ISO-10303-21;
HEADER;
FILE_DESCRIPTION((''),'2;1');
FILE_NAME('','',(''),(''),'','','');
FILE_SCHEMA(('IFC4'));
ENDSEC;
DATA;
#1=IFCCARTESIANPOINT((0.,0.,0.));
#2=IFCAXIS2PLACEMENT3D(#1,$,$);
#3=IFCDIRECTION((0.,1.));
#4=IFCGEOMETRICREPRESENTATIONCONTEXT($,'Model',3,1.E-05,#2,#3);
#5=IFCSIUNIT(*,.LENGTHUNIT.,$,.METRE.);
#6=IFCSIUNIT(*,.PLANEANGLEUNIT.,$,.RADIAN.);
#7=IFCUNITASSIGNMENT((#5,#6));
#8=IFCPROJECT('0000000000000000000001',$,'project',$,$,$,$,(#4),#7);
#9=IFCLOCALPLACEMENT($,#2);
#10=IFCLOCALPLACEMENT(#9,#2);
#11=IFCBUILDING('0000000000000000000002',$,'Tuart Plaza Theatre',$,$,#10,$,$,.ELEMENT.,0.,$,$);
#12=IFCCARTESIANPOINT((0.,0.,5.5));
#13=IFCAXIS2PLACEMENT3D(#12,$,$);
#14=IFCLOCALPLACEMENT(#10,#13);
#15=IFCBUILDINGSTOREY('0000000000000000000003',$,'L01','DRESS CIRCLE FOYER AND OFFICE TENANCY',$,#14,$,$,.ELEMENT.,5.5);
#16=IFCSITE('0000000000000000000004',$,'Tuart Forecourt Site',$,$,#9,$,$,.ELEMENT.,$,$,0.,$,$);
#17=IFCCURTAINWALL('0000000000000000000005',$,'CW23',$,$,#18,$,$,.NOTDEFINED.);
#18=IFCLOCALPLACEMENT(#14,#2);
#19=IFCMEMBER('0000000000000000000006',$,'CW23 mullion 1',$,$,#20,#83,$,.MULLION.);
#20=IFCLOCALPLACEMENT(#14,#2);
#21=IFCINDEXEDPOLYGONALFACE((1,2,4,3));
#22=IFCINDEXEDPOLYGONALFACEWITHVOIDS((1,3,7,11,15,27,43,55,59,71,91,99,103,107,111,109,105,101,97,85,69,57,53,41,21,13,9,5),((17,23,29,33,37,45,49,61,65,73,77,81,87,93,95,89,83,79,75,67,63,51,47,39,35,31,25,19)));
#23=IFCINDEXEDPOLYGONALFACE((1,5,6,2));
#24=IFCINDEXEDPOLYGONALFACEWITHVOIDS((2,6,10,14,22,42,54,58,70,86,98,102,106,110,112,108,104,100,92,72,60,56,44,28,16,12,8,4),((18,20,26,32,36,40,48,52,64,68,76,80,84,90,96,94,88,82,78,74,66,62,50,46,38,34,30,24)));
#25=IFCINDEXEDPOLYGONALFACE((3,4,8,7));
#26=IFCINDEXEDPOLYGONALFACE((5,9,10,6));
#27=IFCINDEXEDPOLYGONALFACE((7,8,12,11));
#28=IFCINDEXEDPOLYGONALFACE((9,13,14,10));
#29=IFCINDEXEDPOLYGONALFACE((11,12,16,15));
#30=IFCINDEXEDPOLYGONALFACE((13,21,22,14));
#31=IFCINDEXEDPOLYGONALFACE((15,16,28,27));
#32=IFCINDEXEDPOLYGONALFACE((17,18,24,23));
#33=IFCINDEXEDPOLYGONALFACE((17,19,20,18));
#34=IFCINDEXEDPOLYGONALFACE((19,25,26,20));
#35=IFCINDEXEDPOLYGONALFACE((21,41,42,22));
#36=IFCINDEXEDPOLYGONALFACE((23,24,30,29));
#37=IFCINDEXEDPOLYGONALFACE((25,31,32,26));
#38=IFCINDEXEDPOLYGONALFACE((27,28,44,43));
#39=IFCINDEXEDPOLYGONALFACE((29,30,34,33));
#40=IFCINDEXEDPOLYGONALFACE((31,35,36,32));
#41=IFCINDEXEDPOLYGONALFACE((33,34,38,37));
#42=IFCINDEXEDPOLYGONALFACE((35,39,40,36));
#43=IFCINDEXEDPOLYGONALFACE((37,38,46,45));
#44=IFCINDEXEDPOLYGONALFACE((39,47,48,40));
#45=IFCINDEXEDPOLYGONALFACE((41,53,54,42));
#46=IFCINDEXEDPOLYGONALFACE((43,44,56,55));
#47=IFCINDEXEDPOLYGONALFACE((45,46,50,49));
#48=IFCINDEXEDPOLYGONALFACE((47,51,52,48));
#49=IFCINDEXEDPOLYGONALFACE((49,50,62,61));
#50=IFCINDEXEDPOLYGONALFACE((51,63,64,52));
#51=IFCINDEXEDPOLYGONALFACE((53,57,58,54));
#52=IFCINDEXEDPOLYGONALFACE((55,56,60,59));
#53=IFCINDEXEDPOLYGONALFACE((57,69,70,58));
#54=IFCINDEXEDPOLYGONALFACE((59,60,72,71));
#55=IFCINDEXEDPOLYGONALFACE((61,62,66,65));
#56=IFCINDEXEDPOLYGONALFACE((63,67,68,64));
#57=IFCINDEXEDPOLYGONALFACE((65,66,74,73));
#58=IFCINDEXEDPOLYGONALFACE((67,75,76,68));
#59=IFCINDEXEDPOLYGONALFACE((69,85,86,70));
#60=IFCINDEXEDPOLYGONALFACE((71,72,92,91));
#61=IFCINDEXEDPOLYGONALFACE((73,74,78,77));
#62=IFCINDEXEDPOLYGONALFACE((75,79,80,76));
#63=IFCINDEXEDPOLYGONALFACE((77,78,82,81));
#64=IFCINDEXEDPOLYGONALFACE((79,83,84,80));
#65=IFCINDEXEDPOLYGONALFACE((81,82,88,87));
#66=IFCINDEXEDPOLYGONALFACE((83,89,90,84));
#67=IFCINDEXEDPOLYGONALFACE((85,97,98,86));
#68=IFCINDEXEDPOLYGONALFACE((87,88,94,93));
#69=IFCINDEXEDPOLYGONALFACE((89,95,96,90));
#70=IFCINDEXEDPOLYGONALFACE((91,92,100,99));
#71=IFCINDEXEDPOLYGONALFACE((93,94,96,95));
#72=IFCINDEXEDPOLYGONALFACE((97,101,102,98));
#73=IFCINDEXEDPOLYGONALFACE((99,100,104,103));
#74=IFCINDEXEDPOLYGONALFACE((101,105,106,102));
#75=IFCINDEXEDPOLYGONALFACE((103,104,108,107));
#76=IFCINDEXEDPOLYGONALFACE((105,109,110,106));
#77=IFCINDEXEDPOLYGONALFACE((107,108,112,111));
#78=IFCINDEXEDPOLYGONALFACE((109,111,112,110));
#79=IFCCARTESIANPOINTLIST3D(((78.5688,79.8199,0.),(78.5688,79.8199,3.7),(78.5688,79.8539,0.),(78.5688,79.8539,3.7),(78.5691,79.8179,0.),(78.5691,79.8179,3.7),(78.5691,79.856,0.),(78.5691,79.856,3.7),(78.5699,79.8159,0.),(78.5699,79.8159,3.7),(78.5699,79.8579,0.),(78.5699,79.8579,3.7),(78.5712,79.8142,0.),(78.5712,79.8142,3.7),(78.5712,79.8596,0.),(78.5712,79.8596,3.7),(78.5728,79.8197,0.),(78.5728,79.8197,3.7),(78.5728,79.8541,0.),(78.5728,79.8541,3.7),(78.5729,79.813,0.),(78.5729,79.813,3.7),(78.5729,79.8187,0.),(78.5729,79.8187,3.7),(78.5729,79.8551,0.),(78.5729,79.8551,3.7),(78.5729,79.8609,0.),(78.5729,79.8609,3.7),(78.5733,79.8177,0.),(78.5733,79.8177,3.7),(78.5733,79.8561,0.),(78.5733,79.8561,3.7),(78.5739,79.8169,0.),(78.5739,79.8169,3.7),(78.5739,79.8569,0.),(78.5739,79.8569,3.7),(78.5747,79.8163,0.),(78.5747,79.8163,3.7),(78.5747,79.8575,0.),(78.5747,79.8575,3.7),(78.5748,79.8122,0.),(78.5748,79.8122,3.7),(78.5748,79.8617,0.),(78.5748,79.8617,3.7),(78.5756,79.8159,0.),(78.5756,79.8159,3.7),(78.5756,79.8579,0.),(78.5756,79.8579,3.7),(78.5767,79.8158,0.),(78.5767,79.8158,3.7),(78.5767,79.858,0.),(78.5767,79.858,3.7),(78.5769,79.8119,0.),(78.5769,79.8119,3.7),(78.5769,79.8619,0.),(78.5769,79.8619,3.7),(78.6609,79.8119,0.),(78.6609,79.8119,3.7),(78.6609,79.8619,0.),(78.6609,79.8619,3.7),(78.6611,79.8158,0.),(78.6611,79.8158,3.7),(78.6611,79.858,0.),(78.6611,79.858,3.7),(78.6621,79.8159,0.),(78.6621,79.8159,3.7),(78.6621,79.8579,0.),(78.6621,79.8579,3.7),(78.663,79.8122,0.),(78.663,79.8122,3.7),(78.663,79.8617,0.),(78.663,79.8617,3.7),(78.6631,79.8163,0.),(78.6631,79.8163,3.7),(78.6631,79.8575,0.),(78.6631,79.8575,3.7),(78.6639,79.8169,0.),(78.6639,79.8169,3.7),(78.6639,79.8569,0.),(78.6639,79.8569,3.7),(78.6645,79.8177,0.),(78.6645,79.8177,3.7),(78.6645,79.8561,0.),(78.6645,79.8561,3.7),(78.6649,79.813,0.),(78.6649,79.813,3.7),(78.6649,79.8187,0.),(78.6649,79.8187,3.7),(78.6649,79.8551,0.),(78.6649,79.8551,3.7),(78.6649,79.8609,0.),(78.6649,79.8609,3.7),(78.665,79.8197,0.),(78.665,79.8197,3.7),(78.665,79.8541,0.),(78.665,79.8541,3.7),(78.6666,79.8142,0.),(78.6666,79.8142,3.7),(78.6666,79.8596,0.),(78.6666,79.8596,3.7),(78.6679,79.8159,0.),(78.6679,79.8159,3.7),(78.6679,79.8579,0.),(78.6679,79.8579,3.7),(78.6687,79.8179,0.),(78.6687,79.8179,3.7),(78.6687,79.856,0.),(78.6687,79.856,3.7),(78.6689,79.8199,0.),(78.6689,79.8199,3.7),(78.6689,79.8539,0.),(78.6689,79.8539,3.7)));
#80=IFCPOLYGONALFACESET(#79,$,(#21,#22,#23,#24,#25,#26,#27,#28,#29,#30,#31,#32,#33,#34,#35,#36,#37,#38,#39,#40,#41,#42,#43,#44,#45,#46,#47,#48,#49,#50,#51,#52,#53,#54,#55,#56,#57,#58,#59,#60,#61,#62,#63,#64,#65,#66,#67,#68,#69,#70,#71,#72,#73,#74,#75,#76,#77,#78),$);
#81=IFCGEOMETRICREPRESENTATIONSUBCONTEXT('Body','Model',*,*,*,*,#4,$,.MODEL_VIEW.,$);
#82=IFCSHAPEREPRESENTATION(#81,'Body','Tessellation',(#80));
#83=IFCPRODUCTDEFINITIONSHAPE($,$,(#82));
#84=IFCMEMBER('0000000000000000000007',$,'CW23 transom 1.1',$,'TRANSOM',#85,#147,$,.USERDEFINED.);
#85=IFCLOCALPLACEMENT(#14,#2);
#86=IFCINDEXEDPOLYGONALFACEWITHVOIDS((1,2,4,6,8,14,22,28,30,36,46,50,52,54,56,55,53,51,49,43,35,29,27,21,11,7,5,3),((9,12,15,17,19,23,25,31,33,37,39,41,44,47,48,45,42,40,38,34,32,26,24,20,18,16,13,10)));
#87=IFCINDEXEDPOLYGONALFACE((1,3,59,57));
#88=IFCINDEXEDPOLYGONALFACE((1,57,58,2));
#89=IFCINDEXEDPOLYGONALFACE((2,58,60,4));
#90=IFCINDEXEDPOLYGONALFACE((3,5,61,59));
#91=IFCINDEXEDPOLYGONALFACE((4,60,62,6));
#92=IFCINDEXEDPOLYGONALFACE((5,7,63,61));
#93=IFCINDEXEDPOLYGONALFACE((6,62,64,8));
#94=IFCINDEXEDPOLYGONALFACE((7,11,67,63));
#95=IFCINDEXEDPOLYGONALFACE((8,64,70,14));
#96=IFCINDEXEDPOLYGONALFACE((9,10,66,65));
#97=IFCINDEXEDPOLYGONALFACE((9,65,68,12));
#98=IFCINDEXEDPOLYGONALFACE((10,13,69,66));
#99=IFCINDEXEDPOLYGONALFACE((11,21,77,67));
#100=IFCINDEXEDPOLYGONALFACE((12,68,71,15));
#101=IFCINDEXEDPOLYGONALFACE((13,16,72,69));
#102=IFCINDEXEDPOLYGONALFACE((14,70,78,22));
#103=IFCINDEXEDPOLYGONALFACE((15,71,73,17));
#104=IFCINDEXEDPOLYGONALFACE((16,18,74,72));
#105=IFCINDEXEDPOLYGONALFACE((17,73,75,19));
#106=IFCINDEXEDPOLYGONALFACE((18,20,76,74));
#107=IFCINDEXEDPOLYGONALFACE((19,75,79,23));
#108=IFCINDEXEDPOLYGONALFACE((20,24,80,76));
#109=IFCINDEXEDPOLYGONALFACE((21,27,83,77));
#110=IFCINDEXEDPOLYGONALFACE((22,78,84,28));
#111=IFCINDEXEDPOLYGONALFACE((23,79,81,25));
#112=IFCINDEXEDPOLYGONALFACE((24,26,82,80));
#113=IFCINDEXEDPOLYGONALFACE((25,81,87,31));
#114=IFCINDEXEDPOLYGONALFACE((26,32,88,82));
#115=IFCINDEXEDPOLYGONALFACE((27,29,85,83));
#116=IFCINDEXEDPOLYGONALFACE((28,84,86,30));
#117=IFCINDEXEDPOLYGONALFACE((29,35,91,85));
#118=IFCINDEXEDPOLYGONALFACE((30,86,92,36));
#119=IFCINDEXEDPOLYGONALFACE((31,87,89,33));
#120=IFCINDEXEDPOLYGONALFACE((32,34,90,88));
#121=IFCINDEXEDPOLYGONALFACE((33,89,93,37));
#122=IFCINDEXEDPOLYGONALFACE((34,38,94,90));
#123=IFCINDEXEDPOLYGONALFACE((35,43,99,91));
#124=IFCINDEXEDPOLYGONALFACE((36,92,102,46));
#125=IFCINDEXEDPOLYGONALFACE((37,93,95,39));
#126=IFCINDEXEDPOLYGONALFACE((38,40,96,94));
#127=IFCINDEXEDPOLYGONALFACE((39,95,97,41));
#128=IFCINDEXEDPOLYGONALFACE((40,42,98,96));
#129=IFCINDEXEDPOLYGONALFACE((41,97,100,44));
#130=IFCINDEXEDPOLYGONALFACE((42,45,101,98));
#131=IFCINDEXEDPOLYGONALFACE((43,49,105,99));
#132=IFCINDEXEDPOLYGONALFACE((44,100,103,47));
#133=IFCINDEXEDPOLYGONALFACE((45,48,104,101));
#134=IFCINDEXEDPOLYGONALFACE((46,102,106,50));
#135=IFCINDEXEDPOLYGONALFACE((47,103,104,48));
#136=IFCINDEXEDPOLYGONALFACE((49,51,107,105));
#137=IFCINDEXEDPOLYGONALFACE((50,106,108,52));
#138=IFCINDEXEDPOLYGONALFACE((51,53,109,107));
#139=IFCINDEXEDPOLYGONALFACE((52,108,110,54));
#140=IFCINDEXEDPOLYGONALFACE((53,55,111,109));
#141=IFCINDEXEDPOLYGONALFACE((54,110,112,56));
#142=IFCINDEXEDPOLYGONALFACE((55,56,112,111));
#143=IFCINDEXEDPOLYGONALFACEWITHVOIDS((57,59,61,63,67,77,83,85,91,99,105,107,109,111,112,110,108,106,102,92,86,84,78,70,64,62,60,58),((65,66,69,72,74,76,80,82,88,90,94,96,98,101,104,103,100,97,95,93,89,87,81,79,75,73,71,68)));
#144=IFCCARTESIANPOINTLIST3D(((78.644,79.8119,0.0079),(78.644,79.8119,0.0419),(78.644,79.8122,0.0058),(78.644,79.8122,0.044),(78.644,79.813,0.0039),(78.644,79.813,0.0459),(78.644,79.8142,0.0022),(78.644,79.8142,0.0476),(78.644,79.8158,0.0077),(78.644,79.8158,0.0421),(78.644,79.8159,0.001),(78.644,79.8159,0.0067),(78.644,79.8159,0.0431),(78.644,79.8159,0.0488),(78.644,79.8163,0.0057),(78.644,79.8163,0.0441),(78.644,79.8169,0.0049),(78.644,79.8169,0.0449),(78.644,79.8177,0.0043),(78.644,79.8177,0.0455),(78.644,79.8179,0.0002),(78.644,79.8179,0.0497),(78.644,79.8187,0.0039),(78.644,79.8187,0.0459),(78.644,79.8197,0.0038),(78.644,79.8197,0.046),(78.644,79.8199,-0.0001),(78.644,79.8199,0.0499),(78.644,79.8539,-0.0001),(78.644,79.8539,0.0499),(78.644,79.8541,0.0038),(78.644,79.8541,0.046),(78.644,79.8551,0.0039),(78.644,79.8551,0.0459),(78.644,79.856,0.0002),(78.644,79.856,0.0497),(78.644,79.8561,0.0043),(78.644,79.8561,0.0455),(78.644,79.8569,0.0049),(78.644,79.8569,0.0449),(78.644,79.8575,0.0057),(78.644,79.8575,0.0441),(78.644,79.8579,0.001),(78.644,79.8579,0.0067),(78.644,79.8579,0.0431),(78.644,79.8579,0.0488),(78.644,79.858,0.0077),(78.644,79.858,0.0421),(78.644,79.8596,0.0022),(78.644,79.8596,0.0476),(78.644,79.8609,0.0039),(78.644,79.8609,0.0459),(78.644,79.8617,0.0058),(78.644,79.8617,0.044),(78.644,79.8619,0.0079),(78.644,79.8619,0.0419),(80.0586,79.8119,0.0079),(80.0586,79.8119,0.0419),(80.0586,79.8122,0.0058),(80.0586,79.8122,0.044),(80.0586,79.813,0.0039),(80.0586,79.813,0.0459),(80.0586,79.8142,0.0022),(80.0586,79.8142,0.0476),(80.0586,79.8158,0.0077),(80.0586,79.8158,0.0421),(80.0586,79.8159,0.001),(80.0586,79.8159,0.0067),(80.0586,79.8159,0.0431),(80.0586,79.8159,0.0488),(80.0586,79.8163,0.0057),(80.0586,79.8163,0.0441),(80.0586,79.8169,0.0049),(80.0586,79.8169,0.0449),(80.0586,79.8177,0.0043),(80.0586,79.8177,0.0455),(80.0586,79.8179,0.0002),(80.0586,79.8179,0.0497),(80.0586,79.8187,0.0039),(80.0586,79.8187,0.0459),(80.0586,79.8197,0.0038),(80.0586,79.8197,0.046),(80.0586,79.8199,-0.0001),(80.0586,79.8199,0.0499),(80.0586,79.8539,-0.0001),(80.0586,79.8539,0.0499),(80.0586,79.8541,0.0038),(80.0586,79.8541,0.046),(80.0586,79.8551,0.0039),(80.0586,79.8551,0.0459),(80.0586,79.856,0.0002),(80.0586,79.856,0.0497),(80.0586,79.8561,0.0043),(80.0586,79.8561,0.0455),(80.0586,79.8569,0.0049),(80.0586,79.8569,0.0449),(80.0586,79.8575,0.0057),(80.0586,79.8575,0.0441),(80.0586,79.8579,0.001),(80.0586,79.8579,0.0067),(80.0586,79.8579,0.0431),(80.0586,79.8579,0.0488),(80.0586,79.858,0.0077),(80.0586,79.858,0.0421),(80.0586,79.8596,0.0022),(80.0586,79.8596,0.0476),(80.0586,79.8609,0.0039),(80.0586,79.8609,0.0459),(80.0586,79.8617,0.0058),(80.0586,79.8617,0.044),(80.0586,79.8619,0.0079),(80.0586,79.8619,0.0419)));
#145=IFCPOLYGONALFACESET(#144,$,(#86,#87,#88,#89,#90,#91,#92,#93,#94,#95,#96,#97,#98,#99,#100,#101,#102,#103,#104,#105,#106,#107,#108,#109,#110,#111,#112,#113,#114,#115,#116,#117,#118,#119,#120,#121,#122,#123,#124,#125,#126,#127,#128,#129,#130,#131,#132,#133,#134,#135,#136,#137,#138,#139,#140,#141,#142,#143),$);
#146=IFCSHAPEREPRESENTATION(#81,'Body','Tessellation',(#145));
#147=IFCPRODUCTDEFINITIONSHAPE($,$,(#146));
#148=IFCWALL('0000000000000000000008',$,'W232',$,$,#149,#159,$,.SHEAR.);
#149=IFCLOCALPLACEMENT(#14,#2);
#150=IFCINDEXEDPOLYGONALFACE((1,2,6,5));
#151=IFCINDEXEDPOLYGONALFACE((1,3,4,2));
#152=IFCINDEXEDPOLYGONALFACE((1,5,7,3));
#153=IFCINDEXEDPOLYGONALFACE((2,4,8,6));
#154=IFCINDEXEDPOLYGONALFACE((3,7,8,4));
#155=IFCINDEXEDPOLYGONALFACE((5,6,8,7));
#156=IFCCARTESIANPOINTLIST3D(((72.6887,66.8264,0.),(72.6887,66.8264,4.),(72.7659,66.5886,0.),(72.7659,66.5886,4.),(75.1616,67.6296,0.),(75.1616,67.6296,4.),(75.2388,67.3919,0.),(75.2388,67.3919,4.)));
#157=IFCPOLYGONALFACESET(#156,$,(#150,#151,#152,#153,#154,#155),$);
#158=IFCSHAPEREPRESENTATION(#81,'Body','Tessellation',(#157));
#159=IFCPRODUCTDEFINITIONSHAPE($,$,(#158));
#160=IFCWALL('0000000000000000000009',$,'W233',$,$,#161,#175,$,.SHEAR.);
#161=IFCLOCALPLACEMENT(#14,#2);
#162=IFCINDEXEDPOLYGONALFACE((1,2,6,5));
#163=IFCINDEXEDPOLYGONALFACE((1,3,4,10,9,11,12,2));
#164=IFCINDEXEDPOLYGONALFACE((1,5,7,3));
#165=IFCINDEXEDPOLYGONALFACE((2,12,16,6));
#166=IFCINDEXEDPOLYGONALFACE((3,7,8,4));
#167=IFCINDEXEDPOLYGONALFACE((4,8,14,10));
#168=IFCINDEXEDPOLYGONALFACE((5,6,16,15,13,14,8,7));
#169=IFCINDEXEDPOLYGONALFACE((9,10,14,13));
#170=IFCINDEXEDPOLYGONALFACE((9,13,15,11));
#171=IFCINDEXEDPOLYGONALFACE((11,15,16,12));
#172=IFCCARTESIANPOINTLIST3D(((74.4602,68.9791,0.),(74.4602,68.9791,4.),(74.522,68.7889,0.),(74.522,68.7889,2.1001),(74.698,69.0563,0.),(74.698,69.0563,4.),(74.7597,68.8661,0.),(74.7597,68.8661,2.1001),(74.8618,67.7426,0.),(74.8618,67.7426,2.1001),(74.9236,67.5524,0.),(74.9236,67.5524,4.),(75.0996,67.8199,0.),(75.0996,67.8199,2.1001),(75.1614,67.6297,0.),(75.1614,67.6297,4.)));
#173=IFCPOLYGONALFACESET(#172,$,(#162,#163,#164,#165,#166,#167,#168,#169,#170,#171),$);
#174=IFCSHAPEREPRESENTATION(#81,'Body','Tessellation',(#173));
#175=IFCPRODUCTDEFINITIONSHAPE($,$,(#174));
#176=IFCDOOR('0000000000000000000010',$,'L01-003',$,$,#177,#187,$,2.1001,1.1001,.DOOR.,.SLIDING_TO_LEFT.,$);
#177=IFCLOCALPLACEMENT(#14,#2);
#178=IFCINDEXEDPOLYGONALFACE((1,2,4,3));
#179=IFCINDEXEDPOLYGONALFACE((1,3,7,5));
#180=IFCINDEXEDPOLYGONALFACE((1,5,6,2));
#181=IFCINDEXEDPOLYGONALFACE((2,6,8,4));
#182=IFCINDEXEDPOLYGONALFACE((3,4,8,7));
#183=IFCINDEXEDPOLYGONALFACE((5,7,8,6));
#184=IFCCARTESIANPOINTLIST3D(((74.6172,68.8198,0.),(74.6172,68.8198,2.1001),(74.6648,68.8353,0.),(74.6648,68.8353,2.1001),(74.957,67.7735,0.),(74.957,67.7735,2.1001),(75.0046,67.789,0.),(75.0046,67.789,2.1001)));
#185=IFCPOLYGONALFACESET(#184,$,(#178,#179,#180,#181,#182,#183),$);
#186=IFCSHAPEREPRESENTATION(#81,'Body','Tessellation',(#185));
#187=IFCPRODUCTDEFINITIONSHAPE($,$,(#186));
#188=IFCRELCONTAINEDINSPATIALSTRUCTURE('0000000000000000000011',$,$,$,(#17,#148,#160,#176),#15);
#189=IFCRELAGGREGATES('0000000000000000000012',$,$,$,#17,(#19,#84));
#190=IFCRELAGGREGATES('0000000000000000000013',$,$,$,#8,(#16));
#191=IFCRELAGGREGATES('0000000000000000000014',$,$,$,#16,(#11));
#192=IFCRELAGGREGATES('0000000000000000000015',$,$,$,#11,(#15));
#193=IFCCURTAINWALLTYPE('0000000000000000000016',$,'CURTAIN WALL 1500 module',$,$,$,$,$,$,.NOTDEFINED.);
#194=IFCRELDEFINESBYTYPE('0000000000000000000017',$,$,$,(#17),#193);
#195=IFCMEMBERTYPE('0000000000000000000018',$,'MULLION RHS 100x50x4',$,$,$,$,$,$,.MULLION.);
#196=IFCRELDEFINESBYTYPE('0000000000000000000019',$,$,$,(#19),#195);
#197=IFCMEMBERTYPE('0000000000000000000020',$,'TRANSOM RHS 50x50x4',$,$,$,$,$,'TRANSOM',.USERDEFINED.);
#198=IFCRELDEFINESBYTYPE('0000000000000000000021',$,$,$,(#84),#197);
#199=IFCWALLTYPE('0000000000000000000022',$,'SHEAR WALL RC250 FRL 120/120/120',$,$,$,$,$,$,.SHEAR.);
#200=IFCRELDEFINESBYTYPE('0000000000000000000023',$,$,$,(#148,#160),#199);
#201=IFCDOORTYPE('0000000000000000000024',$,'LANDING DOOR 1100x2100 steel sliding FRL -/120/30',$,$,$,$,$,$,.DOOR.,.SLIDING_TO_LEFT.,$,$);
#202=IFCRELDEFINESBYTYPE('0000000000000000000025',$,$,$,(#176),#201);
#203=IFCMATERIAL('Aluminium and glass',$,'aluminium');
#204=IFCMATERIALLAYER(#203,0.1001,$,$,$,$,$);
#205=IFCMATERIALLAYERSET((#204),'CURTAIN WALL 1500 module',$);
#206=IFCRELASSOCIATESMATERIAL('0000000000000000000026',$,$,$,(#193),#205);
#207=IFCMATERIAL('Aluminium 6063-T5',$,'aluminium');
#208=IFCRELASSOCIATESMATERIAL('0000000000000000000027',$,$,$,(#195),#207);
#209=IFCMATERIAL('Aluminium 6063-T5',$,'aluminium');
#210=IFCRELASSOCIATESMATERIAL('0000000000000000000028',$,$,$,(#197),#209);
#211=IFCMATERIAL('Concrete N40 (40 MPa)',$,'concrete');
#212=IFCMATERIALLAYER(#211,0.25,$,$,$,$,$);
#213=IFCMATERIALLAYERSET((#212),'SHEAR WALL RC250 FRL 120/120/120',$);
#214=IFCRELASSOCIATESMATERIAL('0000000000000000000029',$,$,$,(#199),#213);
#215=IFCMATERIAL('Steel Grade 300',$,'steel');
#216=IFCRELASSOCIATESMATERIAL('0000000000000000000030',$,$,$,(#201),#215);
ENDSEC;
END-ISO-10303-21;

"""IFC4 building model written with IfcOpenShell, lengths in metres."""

from ifc_helpers import new_model, si_unit, direction, frame, frame_2d, origin, origin_2d, place, context, subcontext, project, spatial, rectangle, hollow_rectangle, extrude, material, layer, layer_set, material_profile, profile_set, type_object, element, fill, aggregate, save


model = new_model("IFC4")

# Units and contexts
model_context = context("Model", 3, precision=1e-05, world=origin(), true_north=direction((0.0, 1.0)))
body_context = subcontext(model_context, "Body", "Model", "MODEL_VIEW")
ifc_project = project(units=[si_unit("LENGTHUNIT", "METRE"), si_unit("PLANEANGLEUNIT", "RADIAN")], contexts=[model_context])

# Site, building, storey
site_placement = place(None, origin())
site = spatial("IfcSite", under=ifc_project, at=site_placement, Name="Tuart Forecourt Site", CompositionType="ELEMENT", RefElevation=0.0)
building_placement = place(site_placement, origin())
building = spatial("IfcBuilding", under=site, at=building_placement, Name="Tuart Plaza Theatre", CompositionType="ELEMENT", ElevationOfRefHeight=0.0)
storey_placement = place(building_placement, frame((0.0, 0.0, 5.5)))
storey = spatial("IfcBuildingStorey", under=building, at=storey_placement, Name="L01", Description="DRESS CIRCLE FOYER AND OFFICE TENANCY", CompositionType="ELEMENT", Elevation=5.5)

# Curtain wall, members
ifc_material_1 = material(Name="Aluminium and glass", Category="aluminium")
ifc_layer_1 = layer(ifc_material_1, 0.1001)
ifc_layer_set_1 = layer_set([ifc_layer_1], Name="CURTAIN WALL 1500 module")
curtain_wall_type = type_object("IfcCurtainWallType", Name="CURTAIN WALL 1500 module", PredefinedType="NOTDEFINED", material=ifc_layer_set_1)
curtain_wall_placement = place(storey_placement, origin())
curtain_wall = element("IfcCurtainWall", 1, at=curtain_wall_placement, inside=storey, type_object=curtain_wall_type, Name="CW23", PredefinedType="NOTDEFINED")
ifc_material_2 = material(Name="Aluminium 6063-T5", Category="aluminium")
ifc_material_profile_1 = material_profile(ifc_material_2, hollow_rectangle(XDim=0.05, YDim=0.1001, WallThickness=0.0039, InnerFilletRadius=0.0039, OuterFilletRadius=0.0081, at=origin_2d()), Name="RHS 100x50x4")
ifc_profile_set_1 = profile_set([ifc_material_profile_1], Name="Aluminium 6063-T5")
member_type_1 = type_object("IfcMemberType", Name="MULLION RHS 100x50x4", PredefinedType="MULLION", material=ifc_profile_set_1)
member_1_placement = place(storey_placement, frame((78.6189, 79.8369, 0.0), z_axis=(0.0, 0.0, 1.0), x_axis=(0.0, 1.0, 0.0)))
member_1 = element("IfcMember", 2, at=member_1_placement, type_object=member_type_1, Name="CW23 mullion 1", PredefinedType="MULLION", context=body_context, shape_type="SweptSolid", body=[
    extrude(hollow_rectangle(XDim=0.05, YDim=0.1001, WallThickness=0.0039, InnerFilletRadius=0.0039, OuterFilletRadius=0.0081, at=origin_2d()), origin(), (0.0, 0.0, 1.0), 3.7),
])
ifc_material_3 = material(Name="Aluminium 6063-T5", Category="aluminium")
ifc_material_profile_2 = material_profile(ifc_material_3, hollow_rectangle(XDim=0.05, YDim=0.05, WallThickness=0.0039, InnerFilletRadius=0.0039, OuterFilletRadius=0.0081, at=origin_2d()), Name="RHS 50x50x4")
ifc_profile_set_2 = profile_set([ifc_material_profile_2], Name="Aluminium 6063-T5")
member_type_2 = type_object("IfcMemberType", Name="TRANSOM RHS 50x50x4", ElementType="TRANSOM", PredefinedType="USERDEFINED", material=ifc_profile_set_2)
member_2_placement = place(storey_placement, frame((78.644, 79.8369, 0.0249), z_axis=(1.0, 0.0, 0.0), x_axis=(0.0, 1.0, 0.0)))
member_2 = element("IfcMember", 3, at=member_2_placement, type_object=member_type_2, Name="CW23 transom 1.1", ObjectType="TRANSOM", PredefinedType="USERDEFINED", context=body_context, shape_type="SweptSolid", body=[
    extrude(hollow_rectangle(XDim=0.05, YDim=0.05, WallThickness=0.0039, InnerFilletRadius=0.0039, OuterFilletRadius=0.0081, at=origin_2d()), origin(), (0.0, 0.0, 1.0), 1.4146),
])
aggregate(curtain_wall, [member_1, member_2])

# Wall
ifc_material_4 = material(Name="Concrete N40 (40 MPa)", Category="concrete")
ifc_layer_2 = layer(ifc_material_4, 0.25)
ifc_layer_set_2 = layer_set([ifc_layer_2], Name="SHEAR WALL RC250 FRL 120/120/120")
wall_type_1 = type_object("IfcWallType", Name="SHEAR WALL RC250 FRL 120/120/120", PredefinedType="SHEAR", material=ifc_layer_set_2)
wall_1_placement = place(storey_placement, frame((72.7273, 66.7075, 0.0), z_axis=(0.0, 0.0, 1.0), x_axis=(0.951087, 0.308923, 0.0)))
element("IfcWall", 4, at=wall_1_placement, inside=storey, type_object=wall_type_1, Name="W232", PredefinedType="SHEAR", context=body_context, shape_type="SweptSolid", body=[
    extrude(rectangle(XDim=2.6001, YDim=0.25, at=frame_2d((1.3, 0.0))), origin(), (0.0, 0.0, 1.0), 4.0),
])

# Wall, opening, door
wall_2_placement = place(storey_placement, frame((75.0425, 67.5911, 0.0), z_axis=(0.0, 0.0, 1.0), x_axis=(-0.308943, 0.951081, 0.0)))
wall_2 = element("IfcWall", 5, at=wall_2_placement, inside=storey, type_object=wall_type_1, Name="W233", PredefinedType="SHEAR", context=body_context, shape_type="SweptSolid", body=[
    extrude(rectangle(XDim=1.5, YDim=0.25, at=frame_2d((0.75, 0.0))), origin(), (0.0, 0.0, 1.0), 4.0),
])
opening_placement = place(wall_2_placement, frame((0.2, 0.0, 0.0)))
opening = element("IfcOpeningElement", 6, at=opening_placement, cuts=wall_2, PredefinedType="OPENING", context=body_context, shape_type="SweptSolid", body=[
    extrude(rectangle(XDim=1.1001, YDim=2.1001, at=frame_2d((0.55, 1.05))), frame((0.0, 0.135, 0.0), z_axis=(0.0, -1.0, 0.0), x_axis=(1.0, 0.0, 0.0)), (0.0, 0.0, 1.0), 0.27),
])
ifc_material_5 = material(Name="Steel Grade 300", Category="steel")
door_type = type_object("IfcDoorType", Name="LANDING DOOR 1100x2100 steel sliding FRL -/120/30", OperationType="SLIDING_TO_LEFT", PredefinedType="DOOR", material=ifc_material_5)
door_placement = place(opening_placement, origin())
door = element("IfcDoor", 7, at=door_placement, inside=storey, type_object=door_type, Name="L01-003", OperationType="SLIDING_TO_LEFT", OverallHeight=2.1001, OverallWidth=1.1001, PredefinedType="DOOR", context=body_context, shape_type="SweptSolid", body=[
    extrude(rectangle(XDim=1.1001, YDim=2.1001, at=frame_2d((0.55, 1.05))), frame((0.0, 0.0249, 0.0), z_axis=(0.0, -1.0, 0.0), x_axis=(1.0, 0.0, 0.0)), (0.0, 0.0, 1.0), 0.05),
])
fill(opening, door)

save(model, "model.ifc")
